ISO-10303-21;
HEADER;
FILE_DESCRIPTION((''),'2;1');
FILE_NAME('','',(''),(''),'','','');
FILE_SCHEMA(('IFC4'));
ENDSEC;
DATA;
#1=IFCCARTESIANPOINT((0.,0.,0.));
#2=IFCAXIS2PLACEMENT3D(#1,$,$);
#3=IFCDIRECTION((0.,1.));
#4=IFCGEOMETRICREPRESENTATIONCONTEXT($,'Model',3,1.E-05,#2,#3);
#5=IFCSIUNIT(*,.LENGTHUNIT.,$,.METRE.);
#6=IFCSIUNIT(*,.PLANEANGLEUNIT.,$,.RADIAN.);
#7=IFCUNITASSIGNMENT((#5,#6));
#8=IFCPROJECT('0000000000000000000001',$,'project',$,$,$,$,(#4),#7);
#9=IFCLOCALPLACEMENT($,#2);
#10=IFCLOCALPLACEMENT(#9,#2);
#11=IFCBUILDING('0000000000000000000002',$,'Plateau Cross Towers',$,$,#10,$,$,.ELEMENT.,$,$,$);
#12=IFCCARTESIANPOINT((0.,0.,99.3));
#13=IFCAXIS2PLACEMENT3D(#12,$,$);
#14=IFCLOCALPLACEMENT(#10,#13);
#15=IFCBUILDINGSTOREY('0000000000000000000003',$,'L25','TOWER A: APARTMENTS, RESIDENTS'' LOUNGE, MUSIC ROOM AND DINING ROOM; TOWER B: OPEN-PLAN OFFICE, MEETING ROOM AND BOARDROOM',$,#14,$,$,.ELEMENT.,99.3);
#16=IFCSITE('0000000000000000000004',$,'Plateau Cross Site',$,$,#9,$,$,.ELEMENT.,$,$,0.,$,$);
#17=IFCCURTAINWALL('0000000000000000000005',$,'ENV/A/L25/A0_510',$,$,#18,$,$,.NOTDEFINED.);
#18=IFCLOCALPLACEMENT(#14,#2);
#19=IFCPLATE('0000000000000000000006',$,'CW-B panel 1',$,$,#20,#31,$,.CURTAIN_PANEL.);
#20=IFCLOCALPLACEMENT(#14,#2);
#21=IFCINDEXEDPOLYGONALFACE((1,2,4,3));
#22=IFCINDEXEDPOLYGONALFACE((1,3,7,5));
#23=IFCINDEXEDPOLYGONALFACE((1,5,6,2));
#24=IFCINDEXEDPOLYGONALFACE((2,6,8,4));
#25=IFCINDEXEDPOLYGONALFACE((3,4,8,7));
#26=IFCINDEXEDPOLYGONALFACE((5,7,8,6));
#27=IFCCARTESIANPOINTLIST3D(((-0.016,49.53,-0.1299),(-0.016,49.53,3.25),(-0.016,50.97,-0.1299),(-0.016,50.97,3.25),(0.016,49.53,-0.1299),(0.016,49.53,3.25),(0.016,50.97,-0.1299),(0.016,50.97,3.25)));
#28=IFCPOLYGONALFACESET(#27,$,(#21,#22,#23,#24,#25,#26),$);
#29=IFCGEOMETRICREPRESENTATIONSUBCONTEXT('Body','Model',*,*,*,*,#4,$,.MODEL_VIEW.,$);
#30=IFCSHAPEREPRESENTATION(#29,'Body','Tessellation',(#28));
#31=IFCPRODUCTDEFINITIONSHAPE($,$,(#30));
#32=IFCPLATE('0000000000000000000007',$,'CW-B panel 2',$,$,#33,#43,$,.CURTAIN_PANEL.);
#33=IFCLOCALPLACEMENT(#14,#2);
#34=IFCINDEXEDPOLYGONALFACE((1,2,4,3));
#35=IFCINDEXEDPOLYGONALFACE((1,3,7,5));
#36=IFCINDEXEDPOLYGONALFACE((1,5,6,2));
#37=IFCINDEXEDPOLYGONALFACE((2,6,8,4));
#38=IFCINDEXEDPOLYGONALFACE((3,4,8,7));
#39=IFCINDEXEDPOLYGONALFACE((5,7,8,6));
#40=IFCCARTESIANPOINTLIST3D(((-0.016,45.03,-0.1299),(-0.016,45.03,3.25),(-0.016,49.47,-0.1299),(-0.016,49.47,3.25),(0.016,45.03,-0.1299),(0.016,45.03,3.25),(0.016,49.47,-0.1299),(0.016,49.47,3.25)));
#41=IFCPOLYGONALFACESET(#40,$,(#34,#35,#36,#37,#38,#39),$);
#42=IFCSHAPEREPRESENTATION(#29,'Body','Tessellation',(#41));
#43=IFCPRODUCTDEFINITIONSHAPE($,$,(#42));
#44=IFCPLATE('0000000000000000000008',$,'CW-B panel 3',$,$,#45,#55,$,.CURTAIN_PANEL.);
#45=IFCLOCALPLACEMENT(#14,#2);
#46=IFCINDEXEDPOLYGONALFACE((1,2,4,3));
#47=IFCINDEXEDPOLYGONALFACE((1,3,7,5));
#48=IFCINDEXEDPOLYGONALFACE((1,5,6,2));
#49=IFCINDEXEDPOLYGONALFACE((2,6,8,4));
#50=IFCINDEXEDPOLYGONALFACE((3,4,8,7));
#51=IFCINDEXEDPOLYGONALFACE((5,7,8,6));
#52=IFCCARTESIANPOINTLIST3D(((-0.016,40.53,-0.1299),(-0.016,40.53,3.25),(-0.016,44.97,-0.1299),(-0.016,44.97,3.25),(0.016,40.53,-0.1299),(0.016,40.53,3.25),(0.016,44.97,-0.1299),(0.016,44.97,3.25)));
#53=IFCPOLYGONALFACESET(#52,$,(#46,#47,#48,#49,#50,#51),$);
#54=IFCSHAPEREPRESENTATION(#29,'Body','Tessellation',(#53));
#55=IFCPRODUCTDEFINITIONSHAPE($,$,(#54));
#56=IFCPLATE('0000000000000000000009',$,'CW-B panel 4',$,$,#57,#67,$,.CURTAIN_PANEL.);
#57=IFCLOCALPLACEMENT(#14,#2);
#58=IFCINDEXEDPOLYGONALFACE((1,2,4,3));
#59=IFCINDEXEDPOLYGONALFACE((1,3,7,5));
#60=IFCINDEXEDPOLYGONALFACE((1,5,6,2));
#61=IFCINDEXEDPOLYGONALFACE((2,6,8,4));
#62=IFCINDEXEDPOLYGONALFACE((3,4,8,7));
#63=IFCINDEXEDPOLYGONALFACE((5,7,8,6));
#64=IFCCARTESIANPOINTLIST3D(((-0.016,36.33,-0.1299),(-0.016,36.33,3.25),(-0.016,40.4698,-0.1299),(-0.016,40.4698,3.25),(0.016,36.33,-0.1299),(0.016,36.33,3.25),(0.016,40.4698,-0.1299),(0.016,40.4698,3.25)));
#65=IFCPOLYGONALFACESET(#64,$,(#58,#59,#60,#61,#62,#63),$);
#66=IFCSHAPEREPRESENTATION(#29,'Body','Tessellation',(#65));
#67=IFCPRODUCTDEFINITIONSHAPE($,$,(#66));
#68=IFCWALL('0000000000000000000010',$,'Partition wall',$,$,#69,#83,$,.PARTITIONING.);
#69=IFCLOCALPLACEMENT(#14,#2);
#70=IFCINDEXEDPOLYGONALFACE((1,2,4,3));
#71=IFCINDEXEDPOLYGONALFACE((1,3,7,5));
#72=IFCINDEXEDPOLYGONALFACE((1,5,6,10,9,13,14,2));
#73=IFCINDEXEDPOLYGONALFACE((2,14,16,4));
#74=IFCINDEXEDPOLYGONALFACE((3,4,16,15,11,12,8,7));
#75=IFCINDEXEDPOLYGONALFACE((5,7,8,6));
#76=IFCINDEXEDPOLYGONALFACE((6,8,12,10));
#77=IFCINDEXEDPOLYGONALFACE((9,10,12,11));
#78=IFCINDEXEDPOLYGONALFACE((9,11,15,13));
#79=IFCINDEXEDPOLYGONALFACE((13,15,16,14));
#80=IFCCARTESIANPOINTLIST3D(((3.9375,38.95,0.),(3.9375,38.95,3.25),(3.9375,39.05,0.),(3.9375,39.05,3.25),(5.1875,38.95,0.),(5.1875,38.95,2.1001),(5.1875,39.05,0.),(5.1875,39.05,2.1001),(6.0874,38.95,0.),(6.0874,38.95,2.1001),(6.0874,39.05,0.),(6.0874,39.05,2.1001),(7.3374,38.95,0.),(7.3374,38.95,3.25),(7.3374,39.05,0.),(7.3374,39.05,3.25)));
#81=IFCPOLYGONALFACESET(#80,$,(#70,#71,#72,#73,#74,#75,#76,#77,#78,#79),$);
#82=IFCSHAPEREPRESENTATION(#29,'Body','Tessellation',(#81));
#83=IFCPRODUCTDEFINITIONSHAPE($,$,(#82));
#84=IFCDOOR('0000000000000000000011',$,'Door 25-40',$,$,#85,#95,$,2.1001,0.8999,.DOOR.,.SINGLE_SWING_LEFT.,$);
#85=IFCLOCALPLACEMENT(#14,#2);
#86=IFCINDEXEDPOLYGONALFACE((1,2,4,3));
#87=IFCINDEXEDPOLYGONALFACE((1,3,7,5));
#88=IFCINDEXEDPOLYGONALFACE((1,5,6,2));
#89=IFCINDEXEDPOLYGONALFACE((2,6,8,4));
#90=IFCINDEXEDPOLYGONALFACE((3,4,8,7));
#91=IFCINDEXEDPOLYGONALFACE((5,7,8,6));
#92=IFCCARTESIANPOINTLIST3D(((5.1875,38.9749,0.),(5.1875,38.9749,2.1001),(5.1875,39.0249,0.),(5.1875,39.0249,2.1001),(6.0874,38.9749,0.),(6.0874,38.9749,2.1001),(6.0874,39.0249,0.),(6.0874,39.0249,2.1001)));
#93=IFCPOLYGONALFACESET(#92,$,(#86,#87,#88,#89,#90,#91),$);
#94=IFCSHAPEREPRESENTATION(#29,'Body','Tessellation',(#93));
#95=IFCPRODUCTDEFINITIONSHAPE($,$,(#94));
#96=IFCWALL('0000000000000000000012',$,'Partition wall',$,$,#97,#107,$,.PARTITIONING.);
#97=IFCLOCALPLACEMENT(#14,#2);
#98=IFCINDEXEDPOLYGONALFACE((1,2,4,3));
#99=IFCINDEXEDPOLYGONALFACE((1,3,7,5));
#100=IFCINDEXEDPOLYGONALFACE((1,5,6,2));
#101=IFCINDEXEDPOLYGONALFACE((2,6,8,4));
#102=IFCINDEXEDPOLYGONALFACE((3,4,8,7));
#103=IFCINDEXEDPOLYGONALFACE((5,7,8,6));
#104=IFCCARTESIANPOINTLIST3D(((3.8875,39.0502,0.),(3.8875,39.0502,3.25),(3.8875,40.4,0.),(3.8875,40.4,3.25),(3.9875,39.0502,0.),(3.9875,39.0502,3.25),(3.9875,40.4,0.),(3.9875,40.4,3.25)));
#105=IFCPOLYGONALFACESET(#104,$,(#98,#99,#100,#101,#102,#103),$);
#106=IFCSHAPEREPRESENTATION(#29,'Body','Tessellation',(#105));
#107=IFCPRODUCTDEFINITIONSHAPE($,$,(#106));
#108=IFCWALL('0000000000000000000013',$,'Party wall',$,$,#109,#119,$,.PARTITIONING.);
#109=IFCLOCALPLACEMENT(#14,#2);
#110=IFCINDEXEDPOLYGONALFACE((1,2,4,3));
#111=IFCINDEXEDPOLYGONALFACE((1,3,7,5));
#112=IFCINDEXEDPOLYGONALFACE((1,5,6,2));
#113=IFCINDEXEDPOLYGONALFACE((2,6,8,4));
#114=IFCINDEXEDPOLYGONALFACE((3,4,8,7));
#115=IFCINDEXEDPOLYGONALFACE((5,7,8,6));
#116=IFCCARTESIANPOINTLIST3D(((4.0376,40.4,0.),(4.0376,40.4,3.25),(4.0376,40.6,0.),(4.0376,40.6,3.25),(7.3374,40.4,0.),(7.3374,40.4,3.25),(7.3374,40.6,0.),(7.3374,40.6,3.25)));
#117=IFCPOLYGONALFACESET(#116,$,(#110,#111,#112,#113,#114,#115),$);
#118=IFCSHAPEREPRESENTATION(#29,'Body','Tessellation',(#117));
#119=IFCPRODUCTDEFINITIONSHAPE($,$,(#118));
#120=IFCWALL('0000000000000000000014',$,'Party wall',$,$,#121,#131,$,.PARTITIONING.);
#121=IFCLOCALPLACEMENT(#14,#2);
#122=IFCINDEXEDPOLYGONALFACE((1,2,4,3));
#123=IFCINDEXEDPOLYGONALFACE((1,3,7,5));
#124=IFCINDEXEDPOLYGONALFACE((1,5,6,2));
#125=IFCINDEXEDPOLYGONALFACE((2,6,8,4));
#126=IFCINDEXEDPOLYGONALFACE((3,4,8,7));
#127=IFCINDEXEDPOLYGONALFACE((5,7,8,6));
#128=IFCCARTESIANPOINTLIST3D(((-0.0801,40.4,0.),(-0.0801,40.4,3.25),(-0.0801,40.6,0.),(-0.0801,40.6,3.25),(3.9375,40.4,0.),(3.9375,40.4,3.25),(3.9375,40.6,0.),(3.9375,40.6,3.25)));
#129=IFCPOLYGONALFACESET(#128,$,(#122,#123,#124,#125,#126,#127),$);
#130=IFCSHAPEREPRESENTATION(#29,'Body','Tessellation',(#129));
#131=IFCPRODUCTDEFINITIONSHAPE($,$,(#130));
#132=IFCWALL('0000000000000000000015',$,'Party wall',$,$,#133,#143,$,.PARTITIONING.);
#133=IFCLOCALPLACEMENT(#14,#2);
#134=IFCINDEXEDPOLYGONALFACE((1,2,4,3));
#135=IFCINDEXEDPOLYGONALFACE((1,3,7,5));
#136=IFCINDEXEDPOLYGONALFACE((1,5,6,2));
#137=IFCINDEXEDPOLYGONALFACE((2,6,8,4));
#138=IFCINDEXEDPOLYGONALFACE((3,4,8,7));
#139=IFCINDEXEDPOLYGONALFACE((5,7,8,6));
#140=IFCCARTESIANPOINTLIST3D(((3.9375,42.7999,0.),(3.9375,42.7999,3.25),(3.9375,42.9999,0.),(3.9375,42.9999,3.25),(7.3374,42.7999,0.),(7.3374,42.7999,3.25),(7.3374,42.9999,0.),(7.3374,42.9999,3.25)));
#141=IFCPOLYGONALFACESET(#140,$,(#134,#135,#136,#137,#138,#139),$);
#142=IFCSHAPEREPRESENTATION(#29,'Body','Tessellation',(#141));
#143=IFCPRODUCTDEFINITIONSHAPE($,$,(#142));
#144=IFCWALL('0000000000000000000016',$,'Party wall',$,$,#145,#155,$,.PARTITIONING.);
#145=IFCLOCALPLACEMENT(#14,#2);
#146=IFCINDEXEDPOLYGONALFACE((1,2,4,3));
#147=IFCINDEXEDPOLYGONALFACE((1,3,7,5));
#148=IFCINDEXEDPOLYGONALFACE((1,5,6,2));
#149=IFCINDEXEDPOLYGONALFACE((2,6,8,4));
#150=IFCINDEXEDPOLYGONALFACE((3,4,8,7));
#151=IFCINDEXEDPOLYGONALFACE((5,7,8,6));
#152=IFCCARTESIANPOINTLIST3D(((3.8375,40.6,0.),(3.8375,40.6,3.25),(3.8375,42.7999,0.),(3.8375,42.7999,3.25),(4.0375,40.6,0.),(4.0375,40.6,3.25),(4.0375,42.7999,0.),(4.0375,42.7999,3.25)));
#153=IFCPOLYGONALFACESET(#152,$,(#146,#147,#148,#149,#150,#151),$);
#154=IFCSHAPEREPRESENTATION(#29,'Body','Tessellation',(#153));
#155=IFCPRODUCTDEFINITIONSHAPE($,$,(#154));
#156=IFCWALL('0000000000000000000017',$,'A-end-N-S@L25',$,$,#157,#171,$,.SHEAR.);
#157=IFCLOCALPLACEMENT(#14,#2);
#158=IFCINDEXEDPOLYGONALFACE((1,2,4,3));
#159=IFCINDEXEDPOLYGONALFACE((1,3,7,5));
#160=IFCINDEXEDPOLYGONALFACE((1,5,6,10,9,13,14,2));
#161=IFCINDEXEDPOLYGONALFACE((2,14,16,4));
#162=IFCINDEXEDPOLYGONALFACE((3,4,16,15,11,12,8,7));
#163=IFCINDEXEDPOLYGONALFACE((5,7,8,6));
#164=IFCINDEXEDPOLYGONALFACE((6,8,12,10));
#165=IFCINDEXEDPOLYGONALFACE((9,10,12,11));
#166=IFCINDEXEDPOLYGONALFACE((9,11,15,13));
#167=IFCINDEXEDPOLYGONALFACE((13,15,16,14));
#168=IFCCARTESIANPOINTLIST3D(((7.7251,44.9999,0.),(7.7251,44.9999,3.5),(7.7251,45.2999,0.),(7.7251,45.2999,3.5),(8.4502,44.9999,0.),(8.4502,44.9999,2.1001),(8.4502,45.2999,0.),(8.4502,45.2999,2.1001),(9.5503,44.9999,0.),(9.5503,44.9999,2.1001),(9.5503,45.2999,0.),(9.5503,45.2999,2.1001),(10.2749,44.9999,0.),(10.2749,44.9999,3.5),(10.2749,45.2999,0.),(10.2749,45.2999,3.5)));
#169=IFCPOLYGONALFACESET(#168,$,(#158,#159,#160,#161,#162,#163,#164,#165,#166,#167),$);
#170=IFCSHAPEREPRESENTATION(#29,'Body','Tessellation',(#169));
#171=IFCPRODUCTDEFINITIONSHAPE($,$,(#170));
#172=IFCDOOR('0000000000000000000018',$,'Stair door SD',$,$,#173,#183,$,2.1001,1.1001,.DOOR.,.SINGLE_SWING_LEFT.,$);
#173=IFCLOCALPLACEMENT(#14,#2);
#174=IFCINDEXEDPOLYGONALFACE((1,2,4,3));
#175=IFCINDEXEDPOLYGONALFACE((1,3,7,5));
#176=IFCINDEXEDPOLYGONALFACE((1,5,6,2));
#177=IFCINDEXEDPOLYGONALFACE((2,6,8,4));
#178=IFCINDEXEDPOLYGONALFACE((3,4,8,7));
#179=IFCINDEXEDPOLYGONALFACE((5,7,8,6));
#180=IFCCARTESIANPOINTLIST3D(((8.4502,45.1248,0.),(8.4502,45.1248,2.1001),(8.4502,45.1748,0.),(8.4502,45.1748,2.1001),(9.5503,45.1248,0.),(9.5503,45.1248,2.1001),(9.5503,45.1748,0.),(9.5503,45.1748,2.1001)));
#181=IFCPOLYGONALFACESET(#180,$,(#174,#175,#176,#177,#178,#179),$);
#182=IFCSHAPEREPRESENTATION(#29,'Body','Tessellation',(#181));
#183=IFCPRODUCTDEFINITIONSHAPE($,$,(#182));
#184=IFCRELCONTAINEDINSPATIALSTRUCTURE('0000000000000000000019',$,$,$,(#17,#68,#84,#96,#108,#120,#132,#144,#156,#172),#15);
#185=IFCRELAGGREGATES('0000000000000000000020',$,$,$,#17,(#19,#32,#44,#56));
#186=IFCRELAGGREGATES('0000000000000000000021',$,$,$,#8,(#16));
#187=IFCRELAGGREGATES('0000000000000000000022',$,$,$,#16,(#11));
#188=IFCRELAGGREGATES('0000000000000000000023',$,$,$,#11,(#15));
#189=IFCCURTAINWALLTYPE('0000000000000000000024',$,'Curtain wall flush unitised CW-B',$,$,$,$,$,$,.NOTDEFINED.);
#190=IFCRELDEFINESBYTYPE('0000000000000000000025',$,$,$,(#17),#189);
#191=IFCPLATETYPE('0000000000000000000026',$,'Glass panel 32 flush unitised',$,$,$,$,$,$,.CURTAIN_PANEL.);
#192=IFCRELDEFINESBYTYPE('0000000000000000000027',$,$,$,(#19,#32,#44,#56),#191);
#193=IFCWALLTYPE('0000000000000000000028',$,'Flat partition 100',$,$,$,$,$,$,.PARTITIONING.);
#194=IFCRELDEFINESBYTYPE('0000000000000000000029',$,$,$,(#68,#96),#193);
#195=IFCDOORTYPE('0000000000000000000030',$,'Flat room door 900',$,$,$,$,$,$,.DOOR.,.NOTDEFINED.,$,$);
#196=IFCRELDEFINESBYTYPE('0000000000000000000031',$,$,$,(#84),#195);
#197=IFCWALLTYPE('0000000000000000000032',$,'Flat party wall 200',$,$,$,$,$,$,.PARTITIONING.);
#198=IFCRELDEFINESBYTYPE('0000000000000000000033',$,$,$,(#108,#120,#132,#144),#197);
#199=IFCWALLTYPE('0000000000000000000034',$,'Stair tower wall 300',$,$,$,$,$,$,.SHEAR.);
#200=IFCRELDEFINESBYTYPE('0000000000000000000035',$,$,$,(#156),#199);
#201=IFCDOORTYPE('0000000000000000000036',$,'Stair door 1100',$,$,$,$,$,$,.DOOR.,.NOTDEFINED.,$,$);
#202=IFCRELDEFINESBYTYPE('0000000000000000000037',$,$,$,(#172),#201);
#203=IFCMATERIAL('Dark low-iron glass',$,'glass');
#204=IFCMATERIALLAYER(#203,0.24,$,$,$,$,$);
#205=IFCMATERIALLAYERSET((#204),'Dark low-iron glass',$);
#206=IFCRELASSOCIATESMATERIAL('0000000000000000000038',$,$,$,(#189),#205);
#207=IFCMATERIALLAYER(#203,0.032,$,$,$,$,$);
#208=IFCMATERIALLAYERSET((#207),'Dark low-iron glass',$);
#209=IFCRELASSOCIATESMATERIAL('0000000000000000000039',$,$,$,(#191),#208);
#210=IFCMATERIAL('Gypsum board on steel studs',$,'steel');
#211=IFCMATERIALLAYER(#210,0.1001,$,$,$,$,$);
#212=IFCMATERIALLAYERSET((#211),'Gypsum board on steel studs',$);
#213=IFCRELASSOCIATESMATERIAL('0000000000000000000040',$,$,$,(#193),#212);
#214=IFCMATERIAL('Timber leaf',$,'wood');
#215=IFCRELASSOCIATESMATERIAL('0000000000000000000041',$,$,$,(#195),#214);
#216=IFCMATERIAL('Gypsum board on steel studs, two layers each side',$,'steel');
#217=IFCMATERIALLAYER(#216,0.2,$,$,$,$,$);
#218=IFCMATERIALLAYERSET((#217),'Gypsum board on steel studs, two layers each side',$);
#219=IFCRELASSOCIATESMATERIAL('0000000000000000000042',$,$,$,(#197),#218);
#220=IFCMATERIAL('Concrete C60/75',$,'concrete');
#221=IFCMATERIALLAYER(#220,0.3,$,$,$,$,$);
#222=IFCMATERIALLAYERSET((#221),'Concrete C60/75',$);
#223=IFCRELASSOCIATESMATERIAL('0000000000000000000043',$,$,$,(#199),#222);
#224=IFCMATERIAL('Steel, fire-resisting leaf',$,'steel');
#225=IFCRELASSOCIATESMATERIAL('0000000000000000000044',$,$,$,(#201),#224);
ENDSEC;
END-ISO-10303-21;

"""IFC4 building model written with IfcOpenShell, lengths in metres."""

from ifc_helpers import new_model, si_unit, direction, frame, frame_2d, origin, origin_2d, place, context, subcontext, project, spatial, rectangle, extrude, material, layer, layer_set, type_object, element, fill, aggregate, save


model = new_model("IFC4")

# Units and contexts
model_context = context("Model", 3, precision=1e-05, world=origin(), true_north=direction((0.0, 1.0)))
body_context = subcontext(model_context, "Body", "Model", "MODEL_VIEW")
ifc_project = project(units=[si_unit("LENGTHUNIT", "METRE"), si_unit("PLANEANGLEUNIT", "RADIAN")], contexts=[model_context])

# Site, building, storey
site_placement = place(None, origin())
site = spatial("IfcSite", under=ifc_project, at=site_placement, Name="Plateau Cross Site", CompositionType="ELEMENT", RefElevation=0.0)
building_placement = place(site_placement, origin())
building = spatial("IfcBuilding", under=site, at=building_placement, Name="Plateau Cross Towers", CompositionType="ELEMENT")
storey_placement = place(building_placement, frame((0.0, 0.0, 99.3)))
storey = spatial("IfcBuildingStorey", under=building, at=storey_placement, Name="L25", Description="TOWER A: APARTMENTS, RESIDENTS' LOUNGE, MUSIC ROOM AND DINING ROOM; TOWER B: OPEN-PLAN OFFICE, MEETING ROOM AND BOARDROOM", CompositionType="ELEMENT", Elevation=99.3)

# Shared definitions
ifc_material_1 = material(Name="Concrete C60/75", Category="concrete")

# Shared definitions
ifc_material_2 = material(Name="Dark low-iron glass", Category="glass")
ifc_layer_1 = layer(ifc_material_2, 0.24)
ifc_layer_set_1 = layer_set([ifc_layer_1], Name="Dark low-iron glass")
curtain_wall_type = type_object("IfcCurtainWallType", Name="Curtain wall flush unitised CW-B", PredefinedType="NOTDEFINED", material=ifc_layer_set_1)

# Curtain wall
curtain_wall_1_placement = place(storey_placement, origin())
curtain_wall_1 = element("IfcCurtainWall", 1, at=curtain_wall_1_placement, inside=storey, type_object=curtain_wall_type, Name="ENV/A/L25/A0_510", PredefinedType="NOTDEFINED")

# Shared definitions
ifc_layer_2 = layer(ifc_material_2, 0.032)
ifc_layer_set_2 = layer_set([ifc_layer_2], Name="Dark low-iron glass")
plate_type = type_object("IfcPlateType", Name="Glass panel 32 flush unitised", PredefinedType="CURTAIN_PANEL", material=ifc_layer_set_2)

# Plates
plate_1_placement = place(storey_placement, frame((0.0, 50.25, -0.1299), z_axis=(0.0, 0.0, 1.0), x_axis=(0.0, -1.0, 0.0)))
plate_1 = element("IfcPlate", 2, at=plate_1_placement, type_object=plate_type, Name="CW-B panel 1", PredefinedType="CURTAIN_PANEL", context=body_context, shape_type="SweptSolid", body=[
    extrude(rectangle(XDim=1.4399, YDim=0.032, at=origin_2d()), origin(), (0.0, 0.0, 1.0), 3.3799),
])
plate_2_placement = place(storey_placement, frame((0.0, 47.25, -0.1299), z_axis=(0.0, 0.0, 1.0), x_axis=(0.0, -1.0, 0.0)))
plate_2 = element("IfcPlate", 3, at=plate_2_placement, type_object=plate_type, Name="CW-B panel 2", PredefinedType="CURTAIN_PANEL", context=body_context, shape_type="SweptSolid", body=[
    extrude(rectangle(XDim=4.4399, YDim=0.032, at=origin_2d()), origin(), (0.0, 0.0, 1.0), 3.3799),
])
plate_3_placement = place(storey_placement, frame((0.0, 42.75, -0.1299), z_axis=(0.0, 0.0, 1.0), x_axis=(0.0, -1.0, 0.0)))
plate_3 = element("IfcPlate", 4, at=plate_3_placement, type_object=plate_type, Name="CW-B panel 3", PredefinedType="CURTAIN_PANEL", context=body_context, shape_type="SweptSolid", body=[
    extrude(rectangle(XDim=4.4399, YDim=0.032, at=origin_2d()), origin(), (0.0, 0.0, 1.0), 3.3799),
])
plate_4_placement = place(storey_placement, frame((0.0, 38.3999, -0.1299), z_axis=(0.0, 0.0, 1.0), x_axis=(0.0, -1.0, 0.0)))
plate_4 = element("IfcPlate", 5, at=plate_4_placement, type_object=plate_type, Name="CW-B panel 4", PredefinedType="CURTAIN_PANEL", context=body_context, shape_type="SweptSolid", body=[
    extrude(rectangle(XDim=4.1399, YDim=0.032, at=origin_2d()), origin(), (0.0, 0.0, 1.0), 3.3799),
])
aggregate(curtain_wall_1, [plate_1, plate_2, plate_3, plate_4])

# Wall, opening, door
ifc_material_3 = material(Name="Gypsum board on steel studs", Category="steel")
ifc_layer_3 = layer(ifc_material_3, 0.1001)
ifc_layer_set_3 = layer_set([ifc_layer_3], Name="Gypsum board on steel studs")
wall_type_1 = type_object("IfcWallType", Name="Flat partition 100", PredefinedType="PARTITIONING", material=ifc_layer_set_3)
wall_1_placement = place(storey_placement, frame((3.9375, 39.0, 0.0), z_axis=(0.0, 0.0, 1.0), x_axis=(1.0, 0.0, 0.0)))
wall_1 = element("IfcWall", 6, at=wall_1_placement, inside=storey, type_object=wall_type_1, Name="Partition wall", PredefinedType="PARTITIONING", context=body_context, shape_type="SweptSolid", body=[
    extrude(rectangle(XDim=3.3999, YDim=0.1001, at=frame_2d((1.7, 0.0))), origin(), (0.0, 0.0, 1.0), 3.25),
])
opening_1_placement = place(wall_1_placement, frame((1.25, 0.0, 0.0)))
opening_1 = element("IfcOpeningElement", 7, at=opening_1_placement, cuts=wall_1, PredefinedType="OPENING", context=body_context, shape_type="SweptSolid", body=[
    extrude(rectangle(XDim=0.8999, YDim=2.1001, at=frame_2d((0.45, 1.05))), frame((0.0, 0.0601, 0.0), z_axis=(0.0, -1.0, 0.0), x_axis=(1.0, 0.0, 0.0)), (0.0, 0.0, 1.0), 0.1201),
])
ifc_material_4 = material(Name="Timber leaf", Category="wood")
door_type_1 = type_object("IfcDoorType", Name="Flat room door 900", OperationType="NOTDEFINED", PredefinedType="DOOR", material=ifc_material_4)
door_1_placement = place(opening_1_placement, origin())
door_1 = element("IfcDoor", 8, at=door_1_placement, inside=storey, type_object=door_type_1, Name="Door 25-40", OperationType="SINGLE_SWING_LEFT", OverallHeight=2.1001, OverallWidth=0.8999, PredefinedType="DOOR", context=body_context, shape_type="SweptSolid", body=[
    extrude(rectangle(XDim=0.8999, YDim=2.1001, at=frame_2d((0.45, 1.05))), frame((0.0, 0.0249, 0.0), z_axis=(0.0, -1.0, 0.0), x_axis=(1.0, 0.0, 0.0)), (0.0, 0.0, 1.0), 0.05),
])
fill(opening_1, door_1)

# Walls
wall_2_placement = place(storey_placement, frame((3.9375, 40.3999, 0.0), z_axis=(0.0, 0.0, 1.0), x_axis=(0.0, -1.0, 0.0)))
element("IfcWall", 9, at=wall_2_placement, inside=storey, type_object=wall_type_1, Name="Partition wall", PredefinedType="PARTITIONING", context=body_context, shape_type="SweptSolid", body=[
    extrude(rectangle(XDim=1.3499, YDim=0.1001, at=frame_2d((0.6748, 0.0))), origin(), (0.0, 0.0, 1.0), 3.25),
])
ifc_material_5 = material(Name="Gypsum board on steel studs, two layers each side", Category="steel")
ifc_layer_4 = layer(ifc_material_5, 0.2)
ifc_layer_set_4 = layer_set([ifc_layer_4], Name="Gypsum board on steel studs, two layers each side")
wall_type_2 = type_object("IfcWallType", Name="Flat party wall 200", PredefinedType="PARTITIONING", material=ifc_layer_set_4)
wall_3_placement = place(storey_placement, frame((7.3374, 40.5, 0.0), z_axis=(0.0, 0.0, 1.0), x_axis=(-1.0, 0.0, 0.0)))
element("IfcWall", 10, at=wall_3_placement, inside=storey, type_object=wall_type_2, Name="Party wall", PredefinedType="PARTITIONING", context=body_context, shape_type="SweptSolid", body=[
    extrude(rectangle(XDim=3.2998, YDim=0.2, at=frame_2d((1.6499, 0.0))), origin(), (0.0, 0.0, 1.0), 3.25),
])
wall_4_placement = place(storey_placement, frame((-0.0801, 40.5, 0.0), z_axis=(0.0, 0.0, 1.0), x_axis=(1.0, 0.0, 0.0)))
element("IfcWall", 11, at=wall_4_placement, inside=storey, type_object=wall_type_2, Name="Party wall", PredefinedType="PARTITIONING", context=body_context, shape_type="SweptSolid", body=[
    extrude(rectangle(XDim=4.0176, YDim=0.2, at=frame_2d((2.0088, 0.0))), origin(), (0.0, 0.0, 1.0), 3.25),
])
wall_5_placement = place(storey_placement, frame((7.3374, 42.8999, 0.0), z_axis=(0.0, 0.0, 1.0), x_axis=(-1.0, 0.0, 0.0)))
element("IfcWall", 12, at=wall_5_placement, inside=storey, type_object=wall_type_2, Name="Party wall", PredefinedType="PARTITIONING", context=body_context, shape_type="SweptSolid", body=[
    extrude(rectangle(XDim=3.3999, YDim=0.2, at=frame_2d((1.7, 0.0))), origin(), (0.0, 0.0, 1.0), 3.25),
])
wall_6_placement = place(storey_placement, frame((3.9375, 42.8, 0.0), z_axis=(0.0, 0.0, 1.0), x_axis=(0.0, -1.0, 0.0)))
element("IfcWall", 13, at=wall_6_placement, inside=storey, type_object=wall_type_2, Name="Party wall", PredefinedType="PARTITIONING", context=body_context, shape_type="SweptSolid", body=[
    extrude(rectangle(XDim=2.2, YDim=0.2, at=frame_2d((1.1001, 0.0))), origin(), (0.0, 0.0, 1.0), 3.25),
])

# Wall, opening, door
ifc_layer_5 = layer(ifc_material_1, 0.3)
ifc_layer_set_5 = layer_set([ifc_layer_5], Name="Concrete C60/75")
wall_type_3 = type_object("IfcWallType", Name="Stair tower wall 300", PredefinedType="SHEAR", material=ifc_layer_set_5)
wall_7_placement = place(storey_placement, frame((7.7251, 45.1499, 0.0), z_axis=(0.0, 0.0, 1.0), x_axis=(1.0, 0.0, 0.0)))
wall_7 = element("IfcWall", 14, at=wall_7_placement, inside=storey, type_object=wall_type_3, Name="A-end-N-S@L25", PredefinedType="SHEAR", context=body_context, shape_type="SweptSolid", body=[
    extrude(rectangle(XDim=2.5498, YDim=0.3, at=frame_2d((1.2749, 0.0))), origin(), (0.0, 0.0, 1.0), 3.5),
])
opening_2_placement = place(wall_7_placement, frame((0.7251, 0.0, 0.0)))
opening_2 = element("IfcOpeningElement", 15, at=opening_2_placement, cuts=wall_7, PredefinedType="OPENING", context=body_context, shape_type="SweptSolid", body=[
    extrude(rectangle(XDim=1.1001, YDim=2.1001, at=frame_2d((0.55, 1.05))), frame((0.0, 0.1599, 0.0), z_axis=(0.0, -1.0, 0.0), x_axis=(1.0, 0.0, 0.0)), (0.0, 0.0, 1.0), 0.3201),
])
ifc_material_6 = material(Name="Steel, fire-resisting leaf", Category="steel")
door_type_2 = type_object("IfcDoorType", Name="Stair door 1100", OperationType="NOTDEFINED", PredefinedType="DOOR", material=ifc_material_6)
door_2_placement = place(opening_2_placement, origin())
door_2 = element("IfcDoor", 16, at=door_2_placement, inside=storey, type_object=door_type_2, Name="Stair door SD", OperationType="SINGLE_SWING_LEFT", OverallHeight=2.1001, OverallWidth=1.1001, PredefinedType="DOOR", context=body_context, shape_type="SweptSolid", body=[
    extrude(rectangle(XDim=1.1001, YDim=2.1001, at=frame_2d((0.55, 1.05))), frame((0.0, 0.0249, 0.0), z_axis=(0.0, -1.0, 0.0), x_axis=(1.0, 0.0, 0.0)), (0.0, 0.0, 1.0), 0.05),
])
fill(opening_2, door_2)

save(model, "model.ifc")
